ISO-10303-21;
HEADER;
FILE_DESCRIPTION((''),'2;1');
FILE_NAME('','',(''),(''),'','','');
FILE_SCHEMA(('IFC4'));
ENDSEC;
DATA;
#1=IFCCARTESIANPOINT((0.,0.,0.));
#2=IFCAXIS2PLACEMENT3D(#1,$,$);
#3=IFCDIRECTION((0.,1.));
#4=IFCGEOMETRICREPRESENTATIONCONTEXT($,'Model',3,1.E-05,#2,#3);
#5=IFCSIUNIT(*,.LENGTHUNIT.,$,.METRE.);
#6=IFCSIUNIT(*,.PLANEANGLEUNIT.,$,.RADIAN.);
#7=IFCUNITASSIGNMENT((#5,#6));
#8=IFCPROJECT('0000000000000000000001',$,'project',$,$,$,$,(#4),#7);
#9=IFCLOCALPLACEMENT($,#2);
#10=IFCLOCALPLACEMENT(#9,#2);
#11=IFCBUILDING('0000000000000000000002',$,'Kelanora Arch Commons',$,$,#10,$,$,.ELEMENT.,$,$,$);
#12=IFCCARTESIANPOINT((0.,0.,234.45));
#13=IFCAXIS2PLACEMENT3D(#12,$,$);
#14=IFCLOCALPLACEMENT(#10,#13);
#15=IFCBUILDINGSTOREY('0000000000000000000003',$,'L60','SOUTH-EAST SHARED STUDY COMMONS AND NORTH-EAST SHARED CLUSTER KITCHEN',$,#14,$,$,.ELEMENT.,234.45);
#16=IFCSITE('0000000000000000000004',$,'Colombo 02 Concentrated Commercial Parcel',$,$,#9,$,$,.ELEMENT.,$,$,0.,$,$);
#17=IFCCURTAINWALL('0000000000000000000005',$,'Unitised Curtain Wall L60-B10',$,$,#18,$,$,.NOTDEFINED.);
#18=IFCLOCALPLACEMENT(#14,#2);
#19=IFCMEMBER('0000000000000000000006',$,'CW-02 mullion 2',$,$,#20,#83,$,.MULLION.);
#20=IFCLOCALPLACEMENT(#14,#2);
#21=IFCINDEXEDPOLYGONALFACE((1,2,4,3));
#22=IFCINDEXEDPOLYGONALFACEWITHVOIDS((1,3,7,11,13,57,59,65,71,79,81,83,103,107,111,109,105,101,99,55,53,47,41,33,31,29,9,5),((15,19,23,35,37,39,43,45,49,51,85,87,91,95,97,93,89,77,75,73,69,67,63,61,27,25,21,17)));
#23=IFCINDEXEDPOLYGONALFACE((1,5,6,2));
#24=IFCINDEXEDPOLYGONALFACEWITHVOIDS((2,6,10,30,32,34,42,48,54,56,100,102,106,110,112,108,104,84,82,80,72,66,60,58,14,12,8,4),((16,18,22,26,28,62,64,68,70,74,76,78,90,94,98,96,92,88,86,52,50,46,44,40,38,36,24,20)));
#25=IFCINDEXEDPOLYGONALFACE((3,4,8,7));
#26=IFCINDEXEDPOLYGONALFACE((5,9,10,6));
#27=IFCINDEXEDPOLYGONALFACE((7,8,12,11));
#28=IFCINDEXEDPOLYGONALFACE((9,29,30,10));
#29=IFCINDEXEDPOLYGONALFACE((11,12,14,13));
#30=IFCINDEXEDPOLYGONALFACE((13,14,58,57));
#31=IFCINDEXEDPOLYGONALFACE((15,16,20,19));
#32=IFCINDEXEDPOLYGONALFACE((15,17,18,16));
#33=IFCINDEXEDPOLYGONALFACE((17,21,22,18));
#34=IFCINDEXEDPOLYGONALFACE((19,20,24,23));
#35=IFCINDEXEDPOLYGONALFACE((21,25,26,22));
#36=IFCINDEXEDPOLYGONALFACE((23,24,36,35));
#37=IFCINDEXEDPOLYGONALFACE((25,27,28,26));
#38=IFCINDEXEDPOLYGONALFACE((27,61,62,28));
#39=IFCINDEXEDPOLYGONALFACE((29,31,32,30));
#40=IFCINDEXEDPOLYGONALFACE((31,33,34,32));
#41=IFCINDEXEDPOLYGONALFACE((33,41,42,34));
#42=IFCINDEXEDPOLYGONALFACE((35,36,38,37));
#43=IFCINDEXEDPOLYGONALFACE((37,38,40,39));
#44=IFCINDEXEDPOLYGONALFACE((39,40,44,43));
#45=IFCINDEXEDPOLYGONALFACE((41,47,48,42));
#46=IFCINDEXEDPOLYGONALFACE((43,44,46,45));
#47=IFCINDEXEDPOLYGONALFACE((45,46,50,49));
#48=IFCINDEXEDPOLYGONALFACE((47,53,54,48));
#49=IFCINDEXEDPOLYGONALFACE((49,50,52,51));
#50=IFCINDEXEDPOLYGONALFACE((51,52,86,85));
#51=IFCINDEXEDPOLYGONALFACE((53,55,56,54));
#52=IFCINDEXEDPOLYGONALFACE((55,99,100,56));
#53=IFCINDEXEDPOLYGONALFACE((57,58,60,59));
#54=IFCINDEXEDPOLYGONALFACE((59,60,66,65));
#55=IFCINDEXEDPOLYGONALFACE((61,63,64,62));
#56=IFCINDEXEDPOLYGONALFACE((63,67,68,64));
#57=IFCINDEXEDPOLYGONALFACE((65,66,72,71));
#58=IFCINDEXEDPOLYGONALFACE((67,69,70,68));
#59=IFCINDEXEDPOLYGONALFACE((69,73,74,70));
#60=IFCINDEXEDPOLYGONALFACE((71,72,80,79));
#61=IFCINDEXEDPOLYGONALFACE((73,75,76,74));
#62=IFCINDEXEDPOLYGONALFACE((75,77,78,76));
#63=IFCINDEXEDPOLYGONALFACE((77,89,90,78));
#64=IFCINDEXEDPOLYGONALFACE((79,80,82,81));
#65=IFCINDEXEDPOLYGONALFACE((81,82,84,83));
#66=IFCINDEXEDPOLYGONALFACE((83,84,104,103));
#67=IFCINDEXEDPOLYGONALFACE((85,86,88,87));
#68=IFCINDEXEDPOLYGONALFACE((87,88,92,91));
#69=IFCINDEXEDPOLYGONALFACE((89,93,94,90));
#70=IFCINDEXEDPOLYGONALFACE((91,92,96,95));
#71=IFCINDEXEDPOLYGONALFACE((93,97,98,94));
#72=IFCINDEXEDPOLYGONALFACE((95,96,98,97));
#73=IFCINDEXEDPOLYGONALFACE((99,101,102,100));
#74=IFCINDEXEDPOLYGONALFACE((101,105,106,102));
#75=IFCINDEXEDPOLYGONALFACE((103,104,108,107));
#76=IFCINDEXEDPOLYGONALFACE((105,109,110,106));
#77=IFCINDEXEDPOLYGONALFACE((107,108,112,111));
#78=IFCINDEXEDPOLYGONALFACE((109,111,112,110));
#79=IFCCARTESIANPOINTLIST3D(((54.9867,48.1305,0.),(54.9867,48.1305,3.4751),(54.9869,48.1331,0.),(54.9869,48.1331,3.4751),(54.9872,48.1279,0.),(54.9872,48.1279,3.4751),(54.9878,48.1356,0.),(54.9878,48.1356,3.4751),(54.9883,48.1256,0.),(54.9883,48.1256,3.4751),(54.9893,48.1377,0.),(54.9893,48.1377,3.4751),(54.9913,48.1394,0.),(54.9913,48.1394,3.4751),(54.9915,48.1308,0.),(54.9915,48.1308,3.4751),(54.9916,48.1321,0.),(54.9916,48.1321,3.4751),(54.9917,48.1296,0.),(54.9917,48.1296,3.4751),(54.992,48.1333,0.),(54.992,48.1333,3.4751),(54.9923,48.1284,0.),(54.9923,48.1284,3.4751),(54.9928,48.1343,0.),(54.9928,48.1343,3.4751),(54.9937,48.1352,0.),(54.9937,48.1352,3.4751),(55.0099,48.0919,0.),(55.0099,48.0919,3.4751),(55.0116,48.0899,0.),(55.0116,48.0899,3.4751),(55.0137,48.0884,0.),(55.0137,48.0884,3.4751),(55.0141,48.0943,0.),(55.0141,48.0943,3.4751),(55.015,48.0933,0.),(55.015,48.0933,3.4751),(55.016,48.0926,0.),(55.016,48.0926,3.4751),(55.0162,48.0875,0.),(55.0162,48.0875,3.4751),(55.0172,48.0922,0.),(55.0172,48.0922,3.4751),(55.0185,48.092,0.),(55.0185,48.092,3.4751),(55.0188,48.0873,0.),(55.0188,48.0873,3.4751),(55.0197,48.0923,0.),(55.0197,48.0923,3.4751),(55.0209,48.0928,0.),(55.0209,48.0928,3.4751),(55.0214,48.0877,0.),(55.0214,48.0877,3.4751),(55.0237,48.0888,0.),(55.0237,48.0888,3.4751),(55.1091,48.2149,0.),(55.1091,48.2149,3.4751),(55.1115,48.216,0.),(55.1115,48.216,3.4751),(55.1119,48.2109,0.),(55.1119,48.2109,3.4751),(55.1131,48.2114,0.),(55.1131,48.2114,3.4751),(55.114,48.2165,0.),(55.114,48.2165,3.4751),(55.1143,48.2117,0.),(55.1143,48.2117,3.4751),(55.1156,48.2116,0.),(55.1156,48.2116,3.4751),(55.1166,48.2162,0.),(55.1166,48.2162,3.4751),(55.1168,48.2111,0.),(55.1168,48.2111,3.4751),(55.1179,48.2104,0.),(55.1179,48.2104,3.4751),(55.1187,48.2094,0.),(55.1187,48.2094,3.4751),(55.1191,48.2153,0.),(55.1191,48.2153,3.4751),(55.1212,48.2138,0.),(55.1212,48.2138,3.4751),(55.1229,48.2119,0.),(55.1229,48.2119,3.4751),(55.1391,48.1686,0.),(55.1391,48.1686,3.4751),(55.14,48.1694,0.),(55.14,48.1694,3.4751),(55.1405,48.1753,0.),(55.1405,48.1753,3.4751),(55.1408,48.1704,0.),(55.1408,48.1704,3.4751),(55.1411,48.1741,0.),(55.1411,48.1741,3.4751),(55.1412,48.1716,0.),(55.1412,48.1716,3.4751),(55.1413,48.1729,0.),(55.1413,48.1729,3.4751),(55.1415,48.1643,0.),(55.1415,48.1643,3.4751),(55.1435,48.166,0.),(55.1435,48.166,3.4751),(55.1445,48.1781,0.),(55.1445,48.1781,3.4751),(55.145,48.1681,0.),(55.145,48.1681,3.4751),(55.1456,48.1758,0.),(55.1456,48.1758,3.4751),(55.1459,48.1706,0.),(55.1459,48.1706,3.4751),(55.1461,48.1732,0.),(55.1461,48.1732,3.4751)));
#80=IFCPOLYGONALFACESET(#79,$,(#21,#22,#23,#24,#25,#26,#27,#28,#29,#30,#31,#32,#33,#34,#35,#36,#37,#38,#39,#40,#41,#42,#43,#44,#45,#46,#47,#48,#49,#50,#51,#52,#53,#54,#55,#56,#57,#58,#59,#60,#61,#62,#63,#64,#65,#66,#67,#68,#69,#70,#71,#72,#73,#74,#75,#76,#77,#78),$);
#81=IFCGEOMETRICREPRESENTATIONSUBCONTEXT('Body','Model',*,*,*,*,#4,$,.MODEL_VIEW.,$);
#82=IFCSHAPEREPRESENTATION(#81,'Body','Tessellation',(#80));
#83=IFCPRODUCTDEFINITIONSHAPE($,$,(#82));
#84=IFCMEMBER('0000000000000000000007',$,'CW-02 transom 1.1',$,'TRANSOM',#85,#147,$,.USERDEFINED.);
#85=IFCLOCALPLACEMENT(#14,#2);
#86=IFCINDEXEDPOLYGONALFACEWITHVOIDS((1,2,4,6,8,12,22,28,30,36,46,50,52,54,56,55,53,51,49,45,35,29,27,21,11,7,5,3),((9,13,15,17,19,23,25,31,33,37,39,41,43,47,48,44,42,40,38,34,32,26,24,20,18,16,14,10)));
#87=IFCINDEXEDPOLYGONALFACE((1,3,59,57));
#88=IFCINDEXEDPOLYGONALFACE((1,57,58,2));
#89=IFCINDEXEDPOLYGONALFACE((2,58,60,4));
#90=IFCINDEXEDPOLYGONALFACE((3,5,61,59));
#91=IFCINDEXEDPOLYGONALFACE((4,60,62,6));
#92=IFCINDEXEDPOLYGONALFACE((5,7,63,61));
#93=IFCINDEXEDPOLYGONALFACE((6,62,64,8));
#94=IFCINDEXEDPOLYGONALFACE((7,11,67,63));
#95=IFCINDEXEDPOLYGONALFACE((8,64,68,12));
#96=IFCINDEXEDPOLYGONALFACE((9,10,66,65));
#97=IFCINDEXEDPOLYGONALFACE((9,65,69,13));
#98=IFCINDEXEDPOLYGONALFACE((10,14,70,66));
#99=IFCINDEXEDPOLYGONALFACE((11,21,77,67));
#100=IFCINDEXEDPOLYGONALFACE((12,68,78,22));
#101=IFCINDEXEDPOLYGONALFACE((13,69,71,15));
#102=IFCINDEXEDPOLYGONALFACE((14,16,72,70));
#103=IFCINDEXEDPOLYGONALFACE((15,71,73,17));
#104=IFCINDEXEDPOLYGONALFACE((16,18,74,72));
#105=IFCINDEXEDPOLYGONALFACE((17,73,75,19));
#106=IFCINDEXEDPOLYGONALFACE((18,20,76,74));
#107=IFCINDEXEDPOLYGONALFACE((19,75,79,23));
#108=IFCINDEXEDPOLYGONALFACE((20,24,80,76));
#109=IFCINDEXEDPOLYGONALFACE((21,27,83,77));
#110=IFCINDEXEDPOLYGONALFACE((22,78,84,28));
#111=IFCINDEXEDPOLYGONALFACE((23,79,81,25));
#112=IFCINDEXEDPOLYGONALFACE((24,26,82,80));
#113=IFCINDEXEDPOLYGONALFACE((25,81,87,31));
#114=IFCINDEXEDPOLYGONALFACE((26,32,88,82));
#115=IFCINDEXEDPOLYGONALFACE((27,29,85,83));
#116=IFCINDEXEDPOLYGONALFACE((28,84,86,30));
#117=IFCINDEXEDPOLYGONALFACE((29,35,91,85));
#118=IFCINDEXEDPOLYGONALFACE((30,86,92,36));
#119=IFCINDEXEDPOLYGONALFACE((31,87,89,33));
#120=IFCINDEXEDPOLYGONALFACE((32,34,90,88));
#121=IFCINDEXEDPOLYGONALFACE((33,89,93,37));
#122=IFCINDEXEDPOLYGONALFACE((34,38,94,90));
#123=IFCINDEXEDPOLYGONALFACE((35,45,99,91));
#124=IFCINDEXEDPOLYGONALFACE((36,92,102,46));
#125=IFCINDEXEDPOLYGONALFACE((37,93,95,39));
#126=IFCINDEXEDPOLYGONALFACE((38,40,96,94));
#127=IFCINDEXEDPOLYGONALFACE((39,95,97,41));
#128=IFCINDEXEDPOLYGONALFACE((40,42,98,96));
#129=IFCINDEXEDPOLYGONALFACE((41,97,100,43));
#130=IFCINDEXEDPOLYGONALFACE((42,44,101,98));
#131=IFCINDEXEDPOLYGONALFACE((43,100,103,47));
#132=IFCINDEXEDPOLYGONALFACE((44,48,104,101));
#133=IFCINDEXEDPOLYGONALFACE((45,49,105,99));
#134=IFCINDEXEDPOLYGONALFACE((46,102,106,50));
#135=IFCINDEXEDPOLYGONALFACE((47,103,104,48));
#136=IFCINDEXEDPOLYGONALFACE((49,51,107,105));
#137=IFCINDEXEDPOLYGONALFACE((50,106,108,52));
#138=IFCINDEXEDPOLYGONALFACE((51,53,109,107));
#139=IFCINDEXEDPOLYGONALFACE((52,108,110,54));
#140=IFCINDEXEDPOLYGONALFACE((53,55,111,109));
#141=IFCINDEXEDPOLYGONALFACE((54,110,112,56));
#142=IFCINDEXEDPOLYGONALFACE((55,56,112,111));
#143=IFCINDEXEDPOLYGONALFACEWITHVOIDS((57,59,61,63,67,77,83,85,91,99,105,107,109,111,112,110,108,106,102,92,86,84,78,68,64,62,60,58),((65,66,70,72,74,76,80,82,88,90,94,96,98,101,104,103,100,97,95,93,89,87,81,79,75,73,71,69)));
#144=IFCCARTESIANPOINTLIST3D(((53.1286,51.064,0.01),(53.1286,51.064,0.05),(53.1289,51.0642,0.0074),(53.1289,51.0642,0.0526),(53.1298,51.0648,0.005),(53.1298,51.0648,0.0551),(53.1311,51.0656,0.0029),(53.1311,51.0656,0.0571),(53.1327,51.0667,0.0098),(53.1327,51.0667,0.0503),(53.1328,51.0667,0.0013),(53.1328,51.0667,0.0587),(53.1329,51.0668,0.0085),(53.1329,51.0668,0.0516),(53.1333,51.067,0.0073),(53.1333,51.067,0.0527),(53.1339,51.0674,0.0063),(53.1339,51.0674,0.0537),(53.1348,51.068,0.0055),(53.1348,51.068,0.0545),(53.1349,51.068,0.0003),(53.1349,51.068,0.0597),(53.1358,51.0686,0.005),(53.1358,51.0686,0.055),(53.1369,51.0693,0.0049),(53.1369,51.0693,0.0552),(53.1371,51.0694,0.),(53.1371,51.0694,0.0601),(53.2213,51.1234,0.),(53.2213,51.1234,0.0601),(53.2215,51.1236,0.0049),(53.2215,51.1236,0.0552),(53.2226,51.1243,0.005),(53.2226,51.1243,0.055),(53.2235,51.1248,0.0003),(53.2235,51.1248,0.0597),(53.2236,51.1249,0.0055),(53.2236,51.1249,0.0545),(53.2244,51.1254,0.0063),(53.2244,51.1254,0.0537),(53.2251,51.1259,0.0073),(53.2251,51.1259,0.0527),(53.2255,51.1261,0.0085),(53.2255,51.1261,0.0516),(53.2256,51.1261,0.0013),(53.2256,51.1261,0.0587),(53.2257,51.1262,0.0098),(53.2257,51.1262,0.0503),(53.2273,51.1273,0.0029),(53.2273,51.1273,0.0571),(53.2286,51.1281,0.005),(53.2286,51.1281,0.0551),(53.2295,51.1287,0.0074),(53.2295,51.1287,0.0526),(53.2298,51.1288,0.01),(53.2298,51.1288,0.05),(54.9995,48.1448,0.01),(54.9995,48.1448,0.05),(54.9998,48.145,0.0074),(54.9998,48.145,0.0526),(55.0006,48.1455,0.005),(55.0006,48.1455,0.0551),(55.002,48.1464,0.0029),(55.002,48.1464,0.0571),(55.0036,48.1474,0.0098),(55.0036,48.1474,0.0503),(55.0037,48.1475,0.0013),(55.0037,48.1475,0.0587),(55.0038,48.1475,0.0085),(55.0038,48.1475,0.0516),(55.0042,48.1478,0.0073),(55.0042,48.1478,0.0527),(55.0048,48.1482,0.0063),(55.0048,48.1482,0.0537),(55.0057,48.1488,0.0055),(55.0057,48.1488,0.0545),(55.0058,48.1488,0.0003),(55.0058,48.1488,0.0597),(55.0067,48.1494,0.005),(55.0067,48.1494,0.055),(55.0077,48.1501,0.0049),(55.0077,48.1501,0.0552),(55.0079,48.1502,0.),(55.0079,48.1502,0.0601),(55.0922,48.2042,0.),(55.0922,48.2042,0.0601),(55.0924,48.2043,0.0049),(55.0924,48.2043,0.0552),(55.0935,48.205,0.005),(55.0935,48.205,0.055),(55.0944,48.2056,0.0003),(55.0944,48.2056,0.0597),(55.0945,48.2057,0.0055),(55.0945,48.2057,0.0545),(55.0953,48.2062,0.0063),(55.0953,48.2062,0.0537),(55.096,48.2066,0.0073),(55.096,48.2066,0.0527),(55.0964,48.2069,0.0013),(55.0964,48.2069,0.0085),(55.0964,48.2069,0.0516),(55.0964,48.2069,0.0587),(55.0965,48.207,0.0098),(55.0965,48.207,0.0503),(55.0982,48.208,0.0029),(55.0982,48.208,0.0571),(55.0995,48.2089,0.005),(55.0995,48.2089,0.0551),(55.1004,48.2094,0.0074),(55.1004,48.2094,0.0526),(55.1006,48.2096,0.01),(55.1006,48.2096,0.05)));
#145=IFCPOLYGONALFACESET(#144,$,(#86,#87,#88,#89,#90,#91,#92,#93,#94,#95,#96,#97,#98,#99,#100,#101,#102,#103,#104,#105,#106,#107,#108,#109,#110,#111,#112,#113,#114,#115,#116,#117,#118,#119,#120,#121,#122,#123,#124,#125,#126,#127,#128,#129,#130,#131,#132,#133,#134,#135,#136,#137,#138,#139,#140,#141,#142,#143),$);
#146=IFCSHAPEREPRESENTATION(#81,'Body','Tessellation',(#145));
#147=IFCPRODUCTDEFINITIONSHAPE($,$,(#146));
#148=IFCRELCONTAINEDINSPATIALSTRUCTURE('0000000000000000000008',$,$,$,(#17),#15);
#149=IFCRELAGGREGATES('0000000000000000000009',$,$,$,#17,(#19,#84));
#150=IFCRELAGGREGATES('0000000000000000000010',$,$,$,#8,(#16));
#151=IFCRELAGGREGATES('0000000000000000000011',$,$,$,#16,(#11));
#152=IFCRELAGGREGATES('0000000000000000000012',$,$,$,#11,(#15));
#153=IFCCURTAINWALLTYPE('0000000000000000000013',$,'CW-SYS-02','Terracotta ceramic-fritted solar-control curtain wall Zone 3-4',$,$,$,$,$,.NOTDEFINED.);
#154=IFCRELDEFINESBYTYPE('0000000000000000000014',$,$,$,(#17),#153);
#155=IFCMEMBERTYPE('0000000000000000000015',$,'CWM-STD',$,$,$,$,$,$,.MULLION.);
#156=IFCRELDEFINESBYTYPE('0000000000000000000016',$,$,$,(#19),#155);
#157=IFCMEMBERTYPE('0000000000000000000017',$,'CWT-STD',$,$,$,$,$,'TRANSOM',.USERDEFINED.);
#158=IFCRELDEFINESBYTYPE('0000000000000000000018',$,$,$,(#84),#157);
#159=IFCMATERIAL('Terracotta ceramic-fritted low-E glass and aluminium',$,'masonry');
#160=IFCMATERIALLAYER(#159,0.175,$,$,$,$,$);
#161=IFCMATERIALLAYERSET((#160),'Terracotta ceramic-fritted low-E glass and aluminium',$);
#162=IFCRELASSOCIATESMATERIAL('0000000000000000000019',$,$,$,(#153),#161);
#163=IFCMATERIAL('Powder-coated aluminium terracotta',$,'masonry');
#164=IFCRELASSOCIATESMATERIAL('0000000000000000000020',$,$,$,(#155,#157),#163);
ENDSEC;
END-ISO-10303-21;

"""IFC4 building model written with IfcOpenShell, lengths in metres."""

from ifc_helpers import new_model, si_unit, direction, frame, origin, origin_2d, place, context, subcontext, project, spatial, hollow_rectangle, extrude, material, layer, layer_set, material_profile, profile_set, type_object, element, aggregate, save


model = new_model("IFC4")

# Units and contexts
model_context = context("Model", 3, precision=1e-05, world=origin(), true_north=direction((0.0, 1.0)))
body_context = subcontext(model_context, "Body", "Model", "MODEL_VIEW")
ifc_project = project(units=[si_unit("LENGTHUNIT", "METRE"), si_unit("PLANEANGLEUNIT", "RADIAN")], contexts=[model_context])

# Site, building, storey
site_placement = place(None, origin())
site = spatial("IfcSite", under=ifc_project, at=site_placement, Name="Colombo 02 Concentrated Commercial Parcel", CompositionType="ELEMENT", RefElevation=0.0)
building_placement = place(site_placement, origin())
building = spatial("IfcBuilding", under=site, at=building_placement, Name="Kelanora Arch Commons", CompositionType="ELEMENT")
storey_placement = place(building_placement, frame((0.0, 0.0, 234.45)))
storey = spatial("IfcBuildingStorey", under=building, at=storey_placement, Name="L60", Description="SOUTH-EAST SHARED STUDY COMMONS AND NORTH-EAST SHARED CLUSTER KITCHEN", CompositionType="ELEMENT", Elevation=234.45)

# Shared definitions
ifc_material_1 = material(Name="Terracotta ceramic-fritted low-E glass and aluminium", Category="masonry")
ifc_layer_1 = layer(ifc_material_1, 0.175)
ifc_layer_set_1 = layer_set([ifc_layer_1], Name="Terracotta ceramic-fritted low-E glass and aluminium")
curtain_wall_type = type_object("IfcCurtainWallType", Name="CW-SYS-02", Description="Terracotta ceramic-fritted solar-control curtain wall Zone 3-4", PredefinedType="NOTDEFINED", material=ifc_layer_set_1)
ifc_material_2 = material(Name="Powder-coated aluminium terracotta", Category="masonry")
ifc_material_profile_1 = material_profile(ifc_material_2, hollow_rectangle(XDim=0.1599, YDim=0.0601, WallThickness=0.0049, InnerFilletRadius=0.0049, OuterFilletRadius=0.01, at=origin_2d()), Name="CWM160x60")
ifc_profile_set_1 = profile_set([ifc_material_profile_1], Name="Powder-coated aluminium terracotta")
member_type_1 = type_object("IfcMemberType", Name="CWM-STD", PredefinedType="MULLION", material=ifc_profile_set_1)

# Curtain wall, members
curtain_wall_1_placement = place(storey_placement, origin())
curtain_wall_1 = element("IfcCurtainWall", 1, at=curtain_wall_1_placement, inside=storey, type_object=curtain_wall_type, Name="Unitised Curtain Wall L60-B10", PredefinedType="NOTDEFINED")
member_1_placement = place(storey_placement, frame((55.0664, 48.1519, 0.0), z_axis=(0.0, 0.0, 1.0), x_axis=(0.841948, 0.539559, 0.0)))
member_1 = element("IfcMember", 2, at=member_1_placement, type_object=member_type_1, Name="CW-02 mullion 2", PredefinedType="MULLION", context=body_context, shape_type="SweptSolid", body=[
    extrude(hollow_rectangle(XDim=0.1599, YDim=0.0601, WallThickness=0.0049, InnerFilletRadius=0.0049, OuterFilletRadius=0.01, at=origin_2d()), origin(), (0.0, 0.0, 1.0), 3.4751),
])
ifc_material_profile_2 = material_profile(ifc_material_2, hollow_rectangle(XDim=0.1201, YDim=0.0601, WallThickness=0.0049, InnerFilletRadius=0.0049, OuterFilletRadius=0.01, at=origin_2d()), Name="CWT120x60")
ifc_profile_set_2 = profile_set([ifc_material_profile_2], Name="Powder-coated aluminium terracotta")
member_type_2 = type_object("IfcMemberType", Name="CWT-STD", ElementType="TRANSOM", PredefinedType="USERDEFINED", material=ifc_profile_set_2)
member_2_placement = place(storey_placement, frame((53.1792, 51.0964, 0.03), z_axis=(0.539579, -0.841935, 0.0), x_axis=(0.841935, 0.539579, 0.0)))
member_2 = element("IfcMember", 3, at=member_2_placement, type_object=member_type_2, Name="CW-02 transom 1.1", ObjectType="TRANSOM", PredefinedType="USERDEFINED", context=body_context, shape_type="SweptSolid", body=[
    extrude(hollow_rectangle(XDim=0.1201, YDim=0.0601, WallThickness=0.0049, InnerFilletRadius=0.0049, OuterFilletRadius=0.01, at=origin_2d()), origin(), (0.0, 0.0, 1.0), 3.4673),
])

aggregate(curtain_wall_1, [member_1, member_2])

save(model, "model.ifc")
